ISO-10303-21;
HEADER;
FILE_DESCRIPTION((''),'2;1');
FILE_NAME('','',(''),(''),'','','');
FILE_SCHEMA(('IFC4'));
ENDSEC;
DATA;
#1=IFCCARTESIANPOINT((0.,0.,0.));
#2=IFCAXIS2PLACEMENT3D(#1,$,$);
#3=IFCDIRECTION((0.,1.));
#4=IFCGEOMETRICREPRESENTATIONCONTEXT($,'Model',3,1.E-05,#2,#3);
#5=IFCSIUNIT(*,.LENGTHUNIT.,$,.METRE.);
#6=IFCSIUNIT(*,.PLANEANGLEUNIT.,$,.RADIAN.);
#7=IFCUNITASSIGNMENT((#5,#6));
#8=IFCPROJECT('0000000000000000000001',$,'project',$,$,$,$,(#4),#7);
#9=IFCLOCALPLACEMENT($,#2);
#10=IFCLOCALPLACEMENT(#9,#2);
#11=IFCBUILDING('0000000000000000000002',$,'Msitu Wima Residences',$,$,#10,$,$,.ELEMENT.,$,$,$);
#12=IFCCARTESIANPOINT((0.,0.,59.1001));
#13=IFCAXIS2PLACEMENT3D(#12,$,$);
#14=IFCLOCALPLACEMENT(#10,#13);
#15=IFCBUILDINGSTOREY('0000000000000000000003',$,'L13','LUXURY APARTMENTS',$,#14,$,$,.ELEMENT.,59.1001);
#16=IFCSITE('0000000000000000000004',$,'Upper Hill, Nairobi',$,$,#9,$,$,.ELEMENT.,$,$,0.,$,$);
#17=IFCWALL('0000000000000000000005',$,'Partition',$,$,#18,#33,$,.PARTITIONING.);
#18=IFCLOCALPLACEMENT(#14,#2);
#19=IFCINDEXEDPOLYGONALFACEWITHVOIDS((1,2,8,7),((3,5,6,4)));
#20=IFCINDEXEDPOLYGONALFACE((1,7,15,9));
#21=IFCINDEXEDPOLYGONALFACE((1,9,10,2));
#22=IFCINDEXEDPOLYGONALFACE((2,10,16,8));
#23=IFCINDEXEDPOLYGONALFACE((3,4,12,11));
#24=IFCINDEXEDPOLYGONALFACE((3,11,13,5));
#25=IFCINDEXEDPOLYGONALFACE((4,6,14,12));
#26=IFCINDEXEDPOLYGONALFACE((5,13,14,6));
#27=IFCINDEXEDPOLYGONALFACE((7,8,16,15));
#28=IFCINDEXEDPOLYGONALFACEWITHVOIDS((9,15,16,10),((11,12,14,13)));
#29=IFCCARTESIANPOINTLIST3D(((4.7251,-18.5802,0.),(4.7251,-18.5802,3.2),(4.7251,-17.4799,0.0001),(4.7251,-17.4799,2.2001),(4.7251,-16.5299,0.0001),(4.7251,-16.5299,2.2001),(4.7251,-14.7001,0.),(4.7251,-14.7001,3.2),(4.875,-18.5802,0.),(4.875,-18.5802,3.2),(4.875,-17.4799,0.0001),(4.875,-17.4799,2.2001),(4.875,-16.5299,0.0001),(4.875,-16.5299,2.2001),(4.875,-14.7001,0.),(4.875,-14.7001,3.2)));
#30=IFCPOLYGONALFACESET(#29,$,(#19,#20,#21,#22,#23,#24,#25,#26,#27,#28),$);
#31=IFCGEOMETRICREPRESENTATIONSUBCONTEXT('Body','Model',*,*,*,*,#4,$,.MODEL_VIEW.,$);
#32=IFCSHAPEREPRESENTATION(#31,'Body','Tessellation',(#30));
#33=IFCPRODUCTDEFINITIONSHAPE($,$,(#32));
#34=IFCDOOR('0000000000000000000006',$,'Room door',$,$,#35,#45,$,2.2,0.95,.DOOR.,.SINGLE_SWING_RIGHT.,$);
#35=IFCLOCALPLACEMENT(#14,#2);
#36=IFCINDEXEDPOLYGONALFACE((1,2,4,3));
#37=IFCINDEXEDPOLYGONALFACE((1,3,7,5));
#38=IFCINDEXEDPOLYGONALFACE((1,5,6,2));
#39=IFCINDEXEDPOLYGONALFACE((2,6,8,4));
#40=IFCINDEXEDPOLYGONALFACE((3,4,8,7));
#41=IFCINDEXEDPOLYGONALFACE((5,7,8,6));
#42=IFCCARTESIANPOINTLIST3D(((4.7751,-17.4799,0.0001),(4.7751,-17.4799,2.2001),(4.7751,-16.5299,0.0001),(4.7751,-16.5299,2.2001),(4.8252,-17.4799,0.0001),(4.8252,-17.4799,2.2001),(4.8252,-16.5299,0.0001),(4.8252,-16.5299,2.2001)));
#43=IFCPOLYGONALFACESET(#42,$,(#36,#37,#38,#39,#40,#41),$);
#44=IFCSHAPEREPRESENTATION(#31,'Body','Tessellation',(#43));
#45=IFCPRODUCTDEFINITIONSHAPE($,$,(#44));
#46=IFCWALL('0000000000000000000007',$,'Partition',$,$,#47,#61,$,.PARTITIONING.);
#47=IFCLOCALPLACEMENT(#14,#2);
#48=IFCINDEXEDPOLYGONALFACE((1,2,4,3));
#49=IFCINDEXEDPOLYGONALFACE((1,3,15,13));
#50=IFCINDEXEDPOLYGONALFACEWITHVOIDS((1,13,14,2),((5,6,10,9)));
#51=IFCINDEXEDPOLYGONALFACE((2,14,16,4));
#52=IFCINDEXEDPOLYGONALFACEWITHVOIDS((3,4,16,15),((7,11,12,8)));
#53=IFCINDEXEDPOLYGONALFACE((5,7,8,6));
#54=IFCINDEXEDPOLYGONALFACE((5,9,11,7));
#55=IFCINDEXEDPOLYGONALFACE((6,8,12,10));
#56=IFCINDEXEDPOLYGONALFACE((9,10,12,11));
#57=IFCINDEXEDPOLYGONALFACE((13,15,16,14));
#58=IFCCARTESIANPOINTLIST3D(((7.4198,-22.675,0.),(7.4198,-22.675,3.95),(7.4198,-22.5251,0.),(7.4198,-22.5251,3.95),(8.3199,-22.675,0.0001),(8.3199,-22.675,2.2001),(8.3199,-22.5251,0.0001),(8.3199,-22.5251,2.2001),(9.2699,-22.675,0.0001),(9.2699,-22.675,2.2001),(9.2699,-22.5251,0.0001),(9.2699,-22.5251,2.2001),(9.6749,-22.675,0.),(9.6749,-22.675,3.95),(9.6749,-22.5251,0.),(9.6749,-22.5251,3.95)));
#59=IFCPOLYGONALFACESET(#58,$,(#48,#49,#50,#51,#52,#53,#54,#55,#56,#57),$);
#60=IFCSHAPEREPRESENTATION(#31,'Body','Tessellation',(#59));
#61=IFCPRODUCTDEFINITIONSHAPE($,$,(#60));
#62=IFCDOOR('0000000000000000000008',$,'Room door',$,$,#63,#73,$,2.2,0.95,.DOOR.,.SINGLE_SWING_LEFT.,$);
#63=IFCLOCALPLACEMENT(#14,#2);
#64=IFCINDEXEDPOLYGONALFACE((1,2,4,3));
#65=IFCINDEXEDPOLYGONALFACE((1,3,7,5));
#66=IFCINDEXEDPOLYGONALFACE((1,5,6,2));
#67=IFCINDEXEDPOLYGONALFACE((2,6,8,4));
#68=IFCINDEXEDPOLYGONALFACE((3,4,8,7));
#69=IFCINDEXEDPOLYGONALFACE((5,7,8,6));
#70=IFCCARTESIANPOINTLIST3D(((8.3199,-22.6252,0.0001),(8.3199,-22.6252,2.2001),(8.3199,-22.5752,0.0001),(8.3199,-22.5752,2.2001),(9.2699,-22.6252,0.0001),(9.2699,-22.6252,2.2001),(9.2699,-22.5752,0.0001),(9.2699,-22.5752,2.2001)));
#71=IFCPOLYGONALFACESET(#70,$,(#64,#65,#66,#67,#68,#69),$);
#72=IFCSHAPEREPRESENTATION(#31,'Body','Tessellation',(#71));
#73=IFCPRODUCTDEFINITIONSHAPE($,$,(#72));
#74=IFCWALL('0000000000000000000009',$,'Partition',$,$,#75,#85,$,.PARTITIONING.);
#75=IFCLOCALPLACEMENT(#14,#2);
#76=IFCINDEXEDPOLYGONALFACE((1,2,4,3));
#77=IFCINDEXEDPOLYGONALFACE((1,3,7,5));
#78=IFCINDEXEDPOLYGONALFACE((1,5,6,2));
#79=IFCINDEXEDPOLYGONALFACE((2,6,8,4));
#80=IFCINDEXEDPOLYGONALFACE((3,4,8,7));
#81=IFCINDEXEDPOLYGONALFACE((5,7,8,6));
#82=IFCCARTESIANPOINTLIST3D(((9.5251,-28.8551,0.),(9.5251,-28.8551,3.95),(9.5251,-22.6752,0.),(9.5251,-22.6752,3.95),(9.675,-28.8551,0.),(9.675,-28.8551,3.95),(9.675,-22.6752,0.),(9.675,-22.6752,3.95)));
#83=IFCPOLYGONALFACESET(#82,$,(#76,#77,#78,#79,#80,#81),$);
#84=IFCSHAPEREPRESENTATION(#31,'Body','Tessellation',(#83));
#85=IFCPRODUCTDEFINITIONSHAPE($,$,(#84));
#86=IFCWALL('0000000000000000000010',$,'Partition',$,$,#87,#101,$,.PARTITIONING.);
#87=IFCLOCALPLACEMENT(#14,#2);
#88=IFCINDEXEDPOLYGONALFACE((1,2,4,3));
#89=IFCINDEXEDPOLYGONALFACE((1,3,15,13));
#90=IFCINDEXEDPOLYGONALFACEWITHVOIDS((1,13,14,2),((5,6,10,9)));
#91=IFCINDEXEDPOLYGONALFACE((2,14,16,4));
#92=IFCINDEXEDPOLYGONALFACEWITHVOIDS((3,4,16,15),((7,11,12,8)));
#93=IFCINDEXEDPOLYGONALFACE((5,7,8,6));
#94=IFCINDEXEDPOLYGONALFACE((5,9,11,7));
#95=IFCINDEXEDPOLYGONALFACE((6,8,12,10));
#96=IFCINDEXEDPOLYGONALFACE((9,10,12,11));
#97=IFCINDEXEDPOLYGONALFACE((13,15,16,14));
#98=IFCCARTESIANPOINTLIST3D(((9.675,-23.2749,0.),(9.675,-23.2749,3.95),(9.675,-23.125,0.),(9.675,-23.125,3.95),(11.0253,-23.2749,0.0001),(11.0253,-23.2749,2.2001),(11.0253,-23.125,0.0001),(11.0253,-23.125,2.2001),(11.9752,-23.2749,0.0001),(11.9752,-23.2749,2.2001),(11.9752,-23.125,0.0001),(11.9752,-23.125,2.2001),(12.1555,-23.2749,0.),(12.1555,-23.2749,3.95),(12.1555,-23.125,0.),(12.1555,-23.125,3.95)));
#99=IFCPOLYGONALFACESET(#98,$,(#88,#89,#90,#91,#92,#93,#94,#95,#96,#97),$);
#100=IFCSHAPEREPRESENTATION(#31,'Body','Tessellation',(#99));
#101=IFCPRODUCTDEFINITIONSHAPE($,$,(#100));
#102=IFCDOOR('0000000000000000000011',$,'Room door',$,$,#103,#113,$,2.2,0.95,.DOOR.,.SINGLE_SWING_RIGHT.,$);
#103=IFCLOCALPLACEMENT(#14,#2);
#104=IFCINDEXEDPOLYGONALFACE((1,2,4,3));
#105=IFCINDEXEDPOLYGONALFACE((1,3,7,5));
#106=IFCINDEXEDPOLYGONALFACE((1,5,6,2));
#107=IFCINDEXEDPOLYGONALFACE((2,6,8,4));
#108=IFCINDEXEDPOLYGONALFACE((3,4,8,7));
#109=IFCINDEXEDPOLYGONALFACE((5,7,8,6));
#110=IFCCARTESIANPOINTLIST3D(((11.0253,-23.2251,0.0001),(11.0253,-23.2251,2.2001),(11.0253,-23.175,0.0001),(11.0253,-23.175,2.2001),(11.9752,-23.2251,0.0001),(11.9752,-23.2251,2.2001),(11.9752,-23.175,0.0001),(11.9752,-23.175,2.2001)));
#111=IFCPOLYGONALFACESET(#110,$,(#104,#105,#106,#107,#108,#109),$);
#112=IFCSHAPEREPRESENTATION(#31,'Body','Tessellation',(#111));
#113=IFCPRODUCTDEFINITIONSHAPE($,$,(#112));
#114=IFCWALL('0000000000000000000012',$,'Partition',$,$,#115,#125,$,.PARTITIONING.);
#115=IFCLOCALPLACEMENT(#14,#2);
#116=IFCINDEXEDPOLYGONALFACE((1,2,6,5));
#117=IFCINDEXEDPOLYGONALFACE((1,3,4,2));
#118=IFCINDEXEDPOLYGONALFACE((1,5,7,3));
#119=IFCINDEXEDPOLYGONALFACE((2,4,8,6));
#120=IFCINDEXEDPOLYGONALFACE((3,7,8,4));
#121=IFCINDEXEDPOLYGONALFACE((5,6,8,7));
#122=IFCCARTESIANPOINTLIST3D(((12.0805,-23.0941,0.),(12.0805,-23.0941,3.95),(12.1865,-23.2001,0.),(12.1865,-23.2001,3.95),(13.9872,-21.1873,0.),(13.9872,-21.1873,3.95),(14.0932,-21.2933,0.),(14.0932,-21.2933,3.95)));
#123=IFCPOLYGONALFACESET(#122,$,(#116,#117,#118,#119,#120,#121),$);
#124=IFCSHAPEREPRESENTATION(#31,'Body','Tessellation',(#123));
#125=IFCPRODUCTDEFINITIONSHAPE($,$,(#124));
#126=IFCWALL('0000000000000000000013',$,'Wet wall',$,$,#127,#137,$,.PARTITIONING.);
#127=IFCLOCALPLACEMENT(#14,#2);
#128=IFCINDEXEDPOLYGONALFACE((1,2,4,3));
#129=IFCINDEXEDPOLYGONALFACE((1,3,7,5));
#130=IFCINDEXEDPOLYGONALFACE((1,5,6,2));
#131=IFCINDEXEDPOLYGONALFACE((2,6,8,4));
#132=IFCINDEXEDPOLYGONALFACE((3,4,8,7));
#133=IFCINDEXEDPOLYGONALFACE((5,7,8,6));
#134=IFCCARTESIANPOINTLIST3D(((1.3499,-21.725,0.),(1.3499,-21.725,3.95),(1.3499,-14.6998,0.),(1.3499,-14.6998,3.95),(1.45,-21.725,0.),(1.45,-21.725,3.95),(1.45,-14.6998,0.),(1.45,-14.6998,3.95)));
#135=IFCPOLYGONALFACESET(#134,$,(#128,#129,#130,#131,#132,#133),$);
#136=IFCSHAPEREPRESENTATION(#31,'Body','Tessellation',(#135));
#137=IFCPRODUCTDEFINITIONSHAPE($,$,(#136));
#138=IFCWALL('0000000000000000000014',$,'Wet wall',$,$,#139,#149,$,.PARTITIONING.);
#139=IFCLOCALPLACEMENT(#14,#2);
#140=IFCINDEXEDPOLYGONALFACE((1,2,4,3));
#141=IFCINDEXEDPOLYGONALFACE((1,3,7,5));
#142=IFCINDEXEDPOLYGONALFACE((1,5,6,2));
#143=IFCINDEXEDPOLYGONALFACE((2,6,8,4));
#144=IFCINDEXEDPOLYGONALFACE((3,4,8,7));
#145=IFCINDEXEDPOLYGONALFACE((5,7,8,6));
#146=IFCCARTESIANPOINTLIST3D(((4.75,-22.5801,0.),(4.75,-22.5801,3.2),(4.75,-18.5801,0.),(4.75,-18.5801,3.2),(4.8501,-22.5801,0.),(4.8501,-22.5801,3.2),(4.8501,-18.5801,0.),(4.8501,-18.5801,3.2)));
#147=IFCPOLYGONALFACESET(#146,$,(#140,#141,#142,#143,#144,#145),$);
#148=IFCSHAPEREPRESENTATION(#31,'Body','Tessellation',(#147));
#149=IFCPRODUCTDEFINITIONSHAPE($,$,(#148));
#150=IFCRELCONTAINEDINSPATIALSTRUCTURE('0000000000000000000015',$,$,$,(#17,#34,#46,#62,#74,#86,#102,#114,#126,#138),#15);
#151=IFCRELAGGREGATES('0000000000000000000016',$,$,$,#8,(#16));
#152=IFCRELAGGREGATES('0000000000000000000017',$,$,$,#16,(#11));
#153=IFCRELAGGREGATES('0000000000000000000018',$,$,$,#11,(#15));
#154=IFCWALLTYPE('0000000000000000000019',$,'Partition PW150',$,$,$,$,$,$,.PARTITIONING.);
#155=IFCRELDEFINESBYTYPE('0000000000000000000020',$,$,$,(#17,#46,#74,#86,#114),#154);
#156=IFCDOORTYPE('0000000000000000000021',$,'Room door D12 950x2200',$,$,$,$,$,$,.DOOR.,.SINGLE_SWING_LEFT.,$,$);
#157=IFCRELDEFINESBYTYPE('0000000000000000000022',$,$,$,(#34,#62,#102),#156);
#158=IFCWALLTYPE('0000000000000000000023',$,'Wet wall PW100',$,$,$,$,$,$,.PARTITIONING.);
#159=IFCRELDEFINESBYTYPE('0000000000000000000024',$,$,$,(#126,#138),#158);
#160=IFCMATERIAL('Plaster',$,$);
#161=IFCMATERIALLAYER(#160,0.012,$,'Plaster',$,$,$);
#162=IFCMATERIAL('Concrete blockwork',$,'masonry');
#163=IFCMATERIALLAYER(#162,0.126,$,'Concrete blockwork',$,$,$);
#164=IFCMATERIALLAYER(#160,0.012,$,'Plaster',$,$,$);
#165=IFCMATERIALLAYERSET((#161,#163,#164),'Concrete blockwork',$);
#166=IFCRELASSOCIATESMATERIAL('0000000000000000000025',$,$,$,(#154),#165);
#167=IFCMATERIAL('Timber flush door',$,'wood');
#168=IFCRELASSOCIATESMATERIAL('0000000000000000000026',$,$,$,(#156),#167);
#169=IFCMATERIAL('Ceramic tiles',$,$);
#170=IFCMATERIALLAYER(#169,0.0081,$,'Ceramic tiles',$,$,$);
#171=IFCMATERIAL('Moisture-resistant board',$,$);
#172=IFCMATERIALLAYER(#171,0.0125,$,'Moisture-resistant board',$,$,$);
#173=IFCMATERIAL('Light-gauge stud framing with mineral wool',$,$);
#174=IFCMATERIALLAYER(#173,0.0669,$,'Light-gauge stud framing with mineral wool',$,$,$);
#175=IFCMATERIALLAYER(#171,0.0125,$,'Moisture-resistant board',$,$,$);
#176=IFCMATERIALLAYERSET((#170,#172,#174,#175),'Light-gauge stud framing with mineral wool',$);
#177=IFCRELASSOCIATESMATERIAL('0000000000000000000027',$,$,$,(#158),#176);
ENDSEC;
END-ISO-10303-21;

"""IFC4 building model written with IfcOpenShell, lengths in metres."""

from ifc_helpers import new_model, si_unit, direction, frame, frame_2d, origin, place, context, subcontext, project, spatial, rectangle, extrude, material, layer, layer_set, type_object, element, fill, save


model = new_model("IFC4")

# Units and contexts
model_context = context("Model", 3, precision=1e-05, world=origin(), true_north=direction((0.0, 1.0)))
body_context = subcontext(model_context, "Body", "Model", "MODEL_VIEW")
ifc_project = project(units=[si_unit("LENGTHUNIT", "METRE"), si_unit("PLANEANGLEUNIT", "RADIAN")], contexts=[model_context])

# Site, building, storey
site_placement = place(None, origin())
site = spatial("IfcSite", under=ifc_project, at=site_placement, Name="Upper Hill, Nairobi", CompositionType="ELEMENT", RefElevation=0.0)
building_placement = place(site_placement, origin())
building = spatial("IfcBuilding", under=site, at=building_placement, Name="Msitu Wima Residences", CompositionType="ELEMENT")
storey_placement = place(building_placement, frame((0.0, 0.0, 59.1001)))
storey = spatial("IfcBuildingStorey", under=building, at=storey_placement, Name="L13", Description="LUXURY APARTMENTS", CompositionType="ELEMENT", Elevation=59.1001)

# Shared definitions
ifc_material_1 = material(Name="Plaster")
ifc_layer_1 = layer(ifc_material_1, 0.012, Name="Plaster")
ifc_material_2 = material(Name="Concrete blockwork", Category="masonry")
ifc_layer_2 = layer(ifc_material_2, 0.126, Name="Concrete blockwork")
ifc_layer_3 = layer(ifc_material_1, 0.012, Name="Plaster")
ifc_layer_set_1 = layer_set([ifc_layer_1, ifc_layer_2, ifc_layer_3], Name="Concrete blockwork")
wall_type_1 = type_object("IfcWallType", Name="Partition PW150", PredefinedType="PARTITIONING", material=ifc_layer_set_1)

# Walls, openings, doors
ifc_material_3 = material(Name="Timber flush door", Category="wood")
door_type_1 = type_object("IfcDoorType", Name="Room door D12 950x2200", OperationType="SINGLE_SWING_LEFT", PredefinedType="DOOR", material=ifc_material_3)
wall_1_placement = place(storey_placement, frame((4.8, -18.5801, 0.0), z_axis=(0.0, 0.0, 1.0), x_axis=(0.0, 1.0, 0.0)))
wall_1 = element("IfcWall", 1, at=wall_1_placement, inside=storey, type_object=wall_type_1, Name="Partition", PredefinedType="PARTITIONING", context=body_context, shape_type="SweptSolid", body=[
    extrude(rectangle(XDim=3.8801, YDim=0.1499, at=frame_2d((1.9399, 0.0))), origin(), (0.0, 0.0, 1.0), 3.2),
])
opening_1_placement = place(wall_1_placement, frame((1.1001, 0.0, 0.0)))
opening_1 = element("IfcOpeningElement", 2, at=opening_1_placement, cuts=wall_1, PredefinedType="OPENING", context=body_context, shape_type="SweptSolid", body=[
    extrude(rectangle(XDim=0.95, YDim=2.2, at=frame_2d((0.4751, 1.1001))), frame((0.0, 0.085, 0.0), z_axis=(0.0, -1.0, 0.0), x_axis=(1.0, 0.0, 0.0)), (0.0, 0.0, 1.0), 0.1699),
])
door_1_placement = place(opening_1_placement, origin())
door_1 = element("IfcDoor", 3, at=door_1_placement, inside=storey, type_object=door_type_1, Name="Room door", OperationType="SINGLE_SWING_RIGHT", OverallHeight=2.2, OverallWidth=0.95, PredefinedType="DOOR", context=body_context, shape_type="SweptSolid", body=[
    extrude(rectangle(XDim=0.95, YDim=2.2, at=frame_2d((0.4751, 1.1001))), frame((0.0, 0.0249, 0.0), z_axis=(0.0, -1.0, 0.0), x_axis=(1.0, 0.0, 0.0)), (0.0, 0.0, 1.0), 0.05),
])
fill(opening_1, door_1)
wall_2_placement = place(storey_placement, frame((7.4199, -22.6001, 0.0), z_axis=(0.0, 0.0, 1.0), x_axis=(1.0, 0.0, 0.0)))
wall_2 = element("IfcWall", 4, at=wall_2_placement, inside=storey, type_object=wall_type_1, Name="Partition", PredefinedType="PARTITIONING", context=body_context, shape_type="SweptSolid", body=[
    extrude(rectangle(XDim=2.2551, YDim=0.1499, at=frame_2d((1.1274, 0.0))), origin(), (0.0, 0.0, 1.0), 3.95),
])
opening_2_placement = place(wall_2_placement, frame((0.8999, 0.0, 0.0)))
opening_2 = element("IfcOpeningElement", 5, at=opening_2_placement, cuts=wall_2, PredefinedType="OPENING", context=body_context, shape_type="SweptSolid", body=[
    extrude(rectangle(XDim=0.95, YDim=2.2, at=frame_2d((0.4751, 1.1001))), frame((0.0, 0.085, 0.0), z_axis=(0.0, -1.0, 0.0), x_axis=(1.0, 0.0, 0.0)), (0.0, 0.0, 1.0), 0.1699),
])
door_2_placement = place(opening_2_placement, origin())
door_2 = element("IfcDoor", 6, at=door_2_placement, inside=storey, type_object=door_type_1, Name="Room door", OperationType="SINGLE_SWING_LEFT", OverallHeight=2.2, OverallWidth=0.95, PredefinedType="DOOR", context=body_context, shape_type="SweptSolid", body=[
    extrude(rectangle(XDim=0.95, YDim=2.2, at=frame_2d((0.4751, 1.1001))), frame((0.0, 0.0249, 0.0), z_axis=(0.0, -1.0, 0.0), x_axis=(1.0, 0.0, 0.0)), (0.0, 0.0, 1.0), 0.05),
])
fill(opening_2, door_2)

# Wall
wall_3_placement = place(storey_placement, frame((9.6001, -28.855, 0.0), z_axis=(0.0, 0.0, 1.0), x_axis=(0.0, 1.0, 0.0)))
element("IfcWall", 7, at=wall_3_placement, inside=storey, type_object=wall_type_1, Name="Partition", PredefinedType="PARTITIONING", context=body_context, shape_type="SweptSolid", body=[
    extrude(rectangle(XDim=6.1799, YDim=0.1499, at=frame_2d((3.0898, 0.0))), origin(), (0.0, 0.0, 1.0), 3.95),
])

# Wall, opening, door
wall_4_placement = place(storey_placement, frame((9.675, -23.2, 0.0), z_axis=(0.0, 0.0, 1.0), x_axis=(1.0, 0.0, 0.0)))
wall_4 = element("IfcWall", 8, at=wall_4_placement, inside=storey, type_object=wall_type_1, Name="Partition", PredefinedType="PARTITIONING", context=body_context, shape_type="SweptSolid", body=[
    extrude(rectangle(XDim=2.4805, YDim=0.1499, at=frame_2d((1.2402, 0.0))), origin(), (0.0, 0.0, 1.0), 3.95),
])
opening_3_placement = place(wall_4_placement, frame((1.3501, 0.0, 0.0)))
opening_3 = element("IfcOpeningElement", 9, at=opening_3_placement, cuts=wall_4, PredefinedType="OPENING", context=body_context, shape_type="SweptSolid", body=[
    extrude(rectangle(XDim=0.95, YDim=2.2, at=frame_2d((0.4751, 1.1001))), frame((0.0, 0.085, 0.0), z_axis=(0.0, -1.0, 0.0), x_axis=(1.0, 0.0, 0.0)), (0.0, 0.0, 1.0), 0.1699),
])
door_3_placement = place(opening_3_placement, origin())
door_3 = element("IfcDoor", 10, at=door_3_placement, inside=storey, type_object=door_type_1, Name="Room door", OperationType="SINGLE_SWING_RIGHT", OverallHeight=2.2, OverallWidth=0.95, PredefinedType="DOOR", context=body_context, shape_type="SweptSolid", body=[
    extrude(rectangle(XDim=0.95, YDim=2.2, at=frame_2d((0.4751, 1.1001))), frame((0.0, 0.0249, 0.0), z_axis=(0.0, -1.0, 0.0), x_axis=(1.0, 0.0, 0.0)), (0.0, 0.0, 1.0), 0.05),
])
fill(opening_3, door_3)

# Walls
wall_5_placement = place(storey_placement, frame((12.1335, -23.147, 0.0), z_axis=(0.0, 0.0, 1.0), x_axis=(0.707107, 0.707107, 0.0)))
element("IfcWall", 11, at=wall_5_placement, inside=storey, type_object=wall_type_1, Name="Partition", PredefinedType="PARTITIONING", context=body_context, shape_type="SweptSolid", body=[
    extrude(rectangle(XDim=2.6965, YDim=0.1499, at=frame_2d((1.3481, 0.0))), origin(), (0.0, 0.0, 1.0), 3.95),
])
ifc_material_4 = material(Name="Ceramic tiles")
ifc_layer_4 = layer(ifc_material_4, 0.0081, Name="Ceramic tiles")
ifc_material_5 = material(Name="Moisture-resistant board")
ifc_layer_5 = layer(ifc_material_5, 0.0125, Name="Moisture-resistant board")
ifc_material_6 = material(Name="Light-gauge stud framing with mineral wool")
ifc_layer_6 = layer(ifc_material_6, 0.0669, Name="Light-gauge stud framing with mineral wool")
ifc_layer_7 = layer(ifc_material_5, 0.0125, Name="Moisture-resistant board")
ifc_layer_set_2 = layer_set([ifc_layer_4, ifc_layer_5, ifc_layer_6, ifc_layer_7], Name="Light-gauge stud framing with mineral wool")
wall_type_2 = type_object("IfcWallType", Name="Wet wall PW100", PredefinedType="PARTITIONING", material=ifc_layer_set_2)
wall_6_placement = place(storey_placement, frame((1.3999, -21.7251, 0.0), z_axis=(0.0, 0.0, 1.0), x_axis=(0.0, 1.0, 0.0)))
element("IfcWall", 12, at=wall_6_placement, inside=storey, type_object=wall_type_2, Name="Wet wall", PredefinedType="PARTITIONING", context=body_context, shape_type="SweptSolid", body=[
    extrude(rectangle(XDim=7.0251, YDim=0.1001, at=frame_2d((3.5127, 0.0))), origin(), (0.0, 0.0, 1.0), 3.95),
])
wall_7_placement = place(storey_placement, frame((4.8, -22.5801, 0.0), z_axis=(0.0, 0.0, 1.0), x_axis=(0.0, 1.0, 0.0)))
element("IfcWall", 13, at=wall_7_placement, inside=storey, type_object=wall_type_2, Name="Wet wall", PredefinedType="PARTITIONING", context=body_context, shape_type="SweptSolid", body=[
    extrude(rectangle(XDim=4.0, YDim=0.1001, at=frame_2d((2.0, 0.0))), origin(), (0.0, 0.0, 1.0), 3.2),
])

save(model, "model.ifc")
